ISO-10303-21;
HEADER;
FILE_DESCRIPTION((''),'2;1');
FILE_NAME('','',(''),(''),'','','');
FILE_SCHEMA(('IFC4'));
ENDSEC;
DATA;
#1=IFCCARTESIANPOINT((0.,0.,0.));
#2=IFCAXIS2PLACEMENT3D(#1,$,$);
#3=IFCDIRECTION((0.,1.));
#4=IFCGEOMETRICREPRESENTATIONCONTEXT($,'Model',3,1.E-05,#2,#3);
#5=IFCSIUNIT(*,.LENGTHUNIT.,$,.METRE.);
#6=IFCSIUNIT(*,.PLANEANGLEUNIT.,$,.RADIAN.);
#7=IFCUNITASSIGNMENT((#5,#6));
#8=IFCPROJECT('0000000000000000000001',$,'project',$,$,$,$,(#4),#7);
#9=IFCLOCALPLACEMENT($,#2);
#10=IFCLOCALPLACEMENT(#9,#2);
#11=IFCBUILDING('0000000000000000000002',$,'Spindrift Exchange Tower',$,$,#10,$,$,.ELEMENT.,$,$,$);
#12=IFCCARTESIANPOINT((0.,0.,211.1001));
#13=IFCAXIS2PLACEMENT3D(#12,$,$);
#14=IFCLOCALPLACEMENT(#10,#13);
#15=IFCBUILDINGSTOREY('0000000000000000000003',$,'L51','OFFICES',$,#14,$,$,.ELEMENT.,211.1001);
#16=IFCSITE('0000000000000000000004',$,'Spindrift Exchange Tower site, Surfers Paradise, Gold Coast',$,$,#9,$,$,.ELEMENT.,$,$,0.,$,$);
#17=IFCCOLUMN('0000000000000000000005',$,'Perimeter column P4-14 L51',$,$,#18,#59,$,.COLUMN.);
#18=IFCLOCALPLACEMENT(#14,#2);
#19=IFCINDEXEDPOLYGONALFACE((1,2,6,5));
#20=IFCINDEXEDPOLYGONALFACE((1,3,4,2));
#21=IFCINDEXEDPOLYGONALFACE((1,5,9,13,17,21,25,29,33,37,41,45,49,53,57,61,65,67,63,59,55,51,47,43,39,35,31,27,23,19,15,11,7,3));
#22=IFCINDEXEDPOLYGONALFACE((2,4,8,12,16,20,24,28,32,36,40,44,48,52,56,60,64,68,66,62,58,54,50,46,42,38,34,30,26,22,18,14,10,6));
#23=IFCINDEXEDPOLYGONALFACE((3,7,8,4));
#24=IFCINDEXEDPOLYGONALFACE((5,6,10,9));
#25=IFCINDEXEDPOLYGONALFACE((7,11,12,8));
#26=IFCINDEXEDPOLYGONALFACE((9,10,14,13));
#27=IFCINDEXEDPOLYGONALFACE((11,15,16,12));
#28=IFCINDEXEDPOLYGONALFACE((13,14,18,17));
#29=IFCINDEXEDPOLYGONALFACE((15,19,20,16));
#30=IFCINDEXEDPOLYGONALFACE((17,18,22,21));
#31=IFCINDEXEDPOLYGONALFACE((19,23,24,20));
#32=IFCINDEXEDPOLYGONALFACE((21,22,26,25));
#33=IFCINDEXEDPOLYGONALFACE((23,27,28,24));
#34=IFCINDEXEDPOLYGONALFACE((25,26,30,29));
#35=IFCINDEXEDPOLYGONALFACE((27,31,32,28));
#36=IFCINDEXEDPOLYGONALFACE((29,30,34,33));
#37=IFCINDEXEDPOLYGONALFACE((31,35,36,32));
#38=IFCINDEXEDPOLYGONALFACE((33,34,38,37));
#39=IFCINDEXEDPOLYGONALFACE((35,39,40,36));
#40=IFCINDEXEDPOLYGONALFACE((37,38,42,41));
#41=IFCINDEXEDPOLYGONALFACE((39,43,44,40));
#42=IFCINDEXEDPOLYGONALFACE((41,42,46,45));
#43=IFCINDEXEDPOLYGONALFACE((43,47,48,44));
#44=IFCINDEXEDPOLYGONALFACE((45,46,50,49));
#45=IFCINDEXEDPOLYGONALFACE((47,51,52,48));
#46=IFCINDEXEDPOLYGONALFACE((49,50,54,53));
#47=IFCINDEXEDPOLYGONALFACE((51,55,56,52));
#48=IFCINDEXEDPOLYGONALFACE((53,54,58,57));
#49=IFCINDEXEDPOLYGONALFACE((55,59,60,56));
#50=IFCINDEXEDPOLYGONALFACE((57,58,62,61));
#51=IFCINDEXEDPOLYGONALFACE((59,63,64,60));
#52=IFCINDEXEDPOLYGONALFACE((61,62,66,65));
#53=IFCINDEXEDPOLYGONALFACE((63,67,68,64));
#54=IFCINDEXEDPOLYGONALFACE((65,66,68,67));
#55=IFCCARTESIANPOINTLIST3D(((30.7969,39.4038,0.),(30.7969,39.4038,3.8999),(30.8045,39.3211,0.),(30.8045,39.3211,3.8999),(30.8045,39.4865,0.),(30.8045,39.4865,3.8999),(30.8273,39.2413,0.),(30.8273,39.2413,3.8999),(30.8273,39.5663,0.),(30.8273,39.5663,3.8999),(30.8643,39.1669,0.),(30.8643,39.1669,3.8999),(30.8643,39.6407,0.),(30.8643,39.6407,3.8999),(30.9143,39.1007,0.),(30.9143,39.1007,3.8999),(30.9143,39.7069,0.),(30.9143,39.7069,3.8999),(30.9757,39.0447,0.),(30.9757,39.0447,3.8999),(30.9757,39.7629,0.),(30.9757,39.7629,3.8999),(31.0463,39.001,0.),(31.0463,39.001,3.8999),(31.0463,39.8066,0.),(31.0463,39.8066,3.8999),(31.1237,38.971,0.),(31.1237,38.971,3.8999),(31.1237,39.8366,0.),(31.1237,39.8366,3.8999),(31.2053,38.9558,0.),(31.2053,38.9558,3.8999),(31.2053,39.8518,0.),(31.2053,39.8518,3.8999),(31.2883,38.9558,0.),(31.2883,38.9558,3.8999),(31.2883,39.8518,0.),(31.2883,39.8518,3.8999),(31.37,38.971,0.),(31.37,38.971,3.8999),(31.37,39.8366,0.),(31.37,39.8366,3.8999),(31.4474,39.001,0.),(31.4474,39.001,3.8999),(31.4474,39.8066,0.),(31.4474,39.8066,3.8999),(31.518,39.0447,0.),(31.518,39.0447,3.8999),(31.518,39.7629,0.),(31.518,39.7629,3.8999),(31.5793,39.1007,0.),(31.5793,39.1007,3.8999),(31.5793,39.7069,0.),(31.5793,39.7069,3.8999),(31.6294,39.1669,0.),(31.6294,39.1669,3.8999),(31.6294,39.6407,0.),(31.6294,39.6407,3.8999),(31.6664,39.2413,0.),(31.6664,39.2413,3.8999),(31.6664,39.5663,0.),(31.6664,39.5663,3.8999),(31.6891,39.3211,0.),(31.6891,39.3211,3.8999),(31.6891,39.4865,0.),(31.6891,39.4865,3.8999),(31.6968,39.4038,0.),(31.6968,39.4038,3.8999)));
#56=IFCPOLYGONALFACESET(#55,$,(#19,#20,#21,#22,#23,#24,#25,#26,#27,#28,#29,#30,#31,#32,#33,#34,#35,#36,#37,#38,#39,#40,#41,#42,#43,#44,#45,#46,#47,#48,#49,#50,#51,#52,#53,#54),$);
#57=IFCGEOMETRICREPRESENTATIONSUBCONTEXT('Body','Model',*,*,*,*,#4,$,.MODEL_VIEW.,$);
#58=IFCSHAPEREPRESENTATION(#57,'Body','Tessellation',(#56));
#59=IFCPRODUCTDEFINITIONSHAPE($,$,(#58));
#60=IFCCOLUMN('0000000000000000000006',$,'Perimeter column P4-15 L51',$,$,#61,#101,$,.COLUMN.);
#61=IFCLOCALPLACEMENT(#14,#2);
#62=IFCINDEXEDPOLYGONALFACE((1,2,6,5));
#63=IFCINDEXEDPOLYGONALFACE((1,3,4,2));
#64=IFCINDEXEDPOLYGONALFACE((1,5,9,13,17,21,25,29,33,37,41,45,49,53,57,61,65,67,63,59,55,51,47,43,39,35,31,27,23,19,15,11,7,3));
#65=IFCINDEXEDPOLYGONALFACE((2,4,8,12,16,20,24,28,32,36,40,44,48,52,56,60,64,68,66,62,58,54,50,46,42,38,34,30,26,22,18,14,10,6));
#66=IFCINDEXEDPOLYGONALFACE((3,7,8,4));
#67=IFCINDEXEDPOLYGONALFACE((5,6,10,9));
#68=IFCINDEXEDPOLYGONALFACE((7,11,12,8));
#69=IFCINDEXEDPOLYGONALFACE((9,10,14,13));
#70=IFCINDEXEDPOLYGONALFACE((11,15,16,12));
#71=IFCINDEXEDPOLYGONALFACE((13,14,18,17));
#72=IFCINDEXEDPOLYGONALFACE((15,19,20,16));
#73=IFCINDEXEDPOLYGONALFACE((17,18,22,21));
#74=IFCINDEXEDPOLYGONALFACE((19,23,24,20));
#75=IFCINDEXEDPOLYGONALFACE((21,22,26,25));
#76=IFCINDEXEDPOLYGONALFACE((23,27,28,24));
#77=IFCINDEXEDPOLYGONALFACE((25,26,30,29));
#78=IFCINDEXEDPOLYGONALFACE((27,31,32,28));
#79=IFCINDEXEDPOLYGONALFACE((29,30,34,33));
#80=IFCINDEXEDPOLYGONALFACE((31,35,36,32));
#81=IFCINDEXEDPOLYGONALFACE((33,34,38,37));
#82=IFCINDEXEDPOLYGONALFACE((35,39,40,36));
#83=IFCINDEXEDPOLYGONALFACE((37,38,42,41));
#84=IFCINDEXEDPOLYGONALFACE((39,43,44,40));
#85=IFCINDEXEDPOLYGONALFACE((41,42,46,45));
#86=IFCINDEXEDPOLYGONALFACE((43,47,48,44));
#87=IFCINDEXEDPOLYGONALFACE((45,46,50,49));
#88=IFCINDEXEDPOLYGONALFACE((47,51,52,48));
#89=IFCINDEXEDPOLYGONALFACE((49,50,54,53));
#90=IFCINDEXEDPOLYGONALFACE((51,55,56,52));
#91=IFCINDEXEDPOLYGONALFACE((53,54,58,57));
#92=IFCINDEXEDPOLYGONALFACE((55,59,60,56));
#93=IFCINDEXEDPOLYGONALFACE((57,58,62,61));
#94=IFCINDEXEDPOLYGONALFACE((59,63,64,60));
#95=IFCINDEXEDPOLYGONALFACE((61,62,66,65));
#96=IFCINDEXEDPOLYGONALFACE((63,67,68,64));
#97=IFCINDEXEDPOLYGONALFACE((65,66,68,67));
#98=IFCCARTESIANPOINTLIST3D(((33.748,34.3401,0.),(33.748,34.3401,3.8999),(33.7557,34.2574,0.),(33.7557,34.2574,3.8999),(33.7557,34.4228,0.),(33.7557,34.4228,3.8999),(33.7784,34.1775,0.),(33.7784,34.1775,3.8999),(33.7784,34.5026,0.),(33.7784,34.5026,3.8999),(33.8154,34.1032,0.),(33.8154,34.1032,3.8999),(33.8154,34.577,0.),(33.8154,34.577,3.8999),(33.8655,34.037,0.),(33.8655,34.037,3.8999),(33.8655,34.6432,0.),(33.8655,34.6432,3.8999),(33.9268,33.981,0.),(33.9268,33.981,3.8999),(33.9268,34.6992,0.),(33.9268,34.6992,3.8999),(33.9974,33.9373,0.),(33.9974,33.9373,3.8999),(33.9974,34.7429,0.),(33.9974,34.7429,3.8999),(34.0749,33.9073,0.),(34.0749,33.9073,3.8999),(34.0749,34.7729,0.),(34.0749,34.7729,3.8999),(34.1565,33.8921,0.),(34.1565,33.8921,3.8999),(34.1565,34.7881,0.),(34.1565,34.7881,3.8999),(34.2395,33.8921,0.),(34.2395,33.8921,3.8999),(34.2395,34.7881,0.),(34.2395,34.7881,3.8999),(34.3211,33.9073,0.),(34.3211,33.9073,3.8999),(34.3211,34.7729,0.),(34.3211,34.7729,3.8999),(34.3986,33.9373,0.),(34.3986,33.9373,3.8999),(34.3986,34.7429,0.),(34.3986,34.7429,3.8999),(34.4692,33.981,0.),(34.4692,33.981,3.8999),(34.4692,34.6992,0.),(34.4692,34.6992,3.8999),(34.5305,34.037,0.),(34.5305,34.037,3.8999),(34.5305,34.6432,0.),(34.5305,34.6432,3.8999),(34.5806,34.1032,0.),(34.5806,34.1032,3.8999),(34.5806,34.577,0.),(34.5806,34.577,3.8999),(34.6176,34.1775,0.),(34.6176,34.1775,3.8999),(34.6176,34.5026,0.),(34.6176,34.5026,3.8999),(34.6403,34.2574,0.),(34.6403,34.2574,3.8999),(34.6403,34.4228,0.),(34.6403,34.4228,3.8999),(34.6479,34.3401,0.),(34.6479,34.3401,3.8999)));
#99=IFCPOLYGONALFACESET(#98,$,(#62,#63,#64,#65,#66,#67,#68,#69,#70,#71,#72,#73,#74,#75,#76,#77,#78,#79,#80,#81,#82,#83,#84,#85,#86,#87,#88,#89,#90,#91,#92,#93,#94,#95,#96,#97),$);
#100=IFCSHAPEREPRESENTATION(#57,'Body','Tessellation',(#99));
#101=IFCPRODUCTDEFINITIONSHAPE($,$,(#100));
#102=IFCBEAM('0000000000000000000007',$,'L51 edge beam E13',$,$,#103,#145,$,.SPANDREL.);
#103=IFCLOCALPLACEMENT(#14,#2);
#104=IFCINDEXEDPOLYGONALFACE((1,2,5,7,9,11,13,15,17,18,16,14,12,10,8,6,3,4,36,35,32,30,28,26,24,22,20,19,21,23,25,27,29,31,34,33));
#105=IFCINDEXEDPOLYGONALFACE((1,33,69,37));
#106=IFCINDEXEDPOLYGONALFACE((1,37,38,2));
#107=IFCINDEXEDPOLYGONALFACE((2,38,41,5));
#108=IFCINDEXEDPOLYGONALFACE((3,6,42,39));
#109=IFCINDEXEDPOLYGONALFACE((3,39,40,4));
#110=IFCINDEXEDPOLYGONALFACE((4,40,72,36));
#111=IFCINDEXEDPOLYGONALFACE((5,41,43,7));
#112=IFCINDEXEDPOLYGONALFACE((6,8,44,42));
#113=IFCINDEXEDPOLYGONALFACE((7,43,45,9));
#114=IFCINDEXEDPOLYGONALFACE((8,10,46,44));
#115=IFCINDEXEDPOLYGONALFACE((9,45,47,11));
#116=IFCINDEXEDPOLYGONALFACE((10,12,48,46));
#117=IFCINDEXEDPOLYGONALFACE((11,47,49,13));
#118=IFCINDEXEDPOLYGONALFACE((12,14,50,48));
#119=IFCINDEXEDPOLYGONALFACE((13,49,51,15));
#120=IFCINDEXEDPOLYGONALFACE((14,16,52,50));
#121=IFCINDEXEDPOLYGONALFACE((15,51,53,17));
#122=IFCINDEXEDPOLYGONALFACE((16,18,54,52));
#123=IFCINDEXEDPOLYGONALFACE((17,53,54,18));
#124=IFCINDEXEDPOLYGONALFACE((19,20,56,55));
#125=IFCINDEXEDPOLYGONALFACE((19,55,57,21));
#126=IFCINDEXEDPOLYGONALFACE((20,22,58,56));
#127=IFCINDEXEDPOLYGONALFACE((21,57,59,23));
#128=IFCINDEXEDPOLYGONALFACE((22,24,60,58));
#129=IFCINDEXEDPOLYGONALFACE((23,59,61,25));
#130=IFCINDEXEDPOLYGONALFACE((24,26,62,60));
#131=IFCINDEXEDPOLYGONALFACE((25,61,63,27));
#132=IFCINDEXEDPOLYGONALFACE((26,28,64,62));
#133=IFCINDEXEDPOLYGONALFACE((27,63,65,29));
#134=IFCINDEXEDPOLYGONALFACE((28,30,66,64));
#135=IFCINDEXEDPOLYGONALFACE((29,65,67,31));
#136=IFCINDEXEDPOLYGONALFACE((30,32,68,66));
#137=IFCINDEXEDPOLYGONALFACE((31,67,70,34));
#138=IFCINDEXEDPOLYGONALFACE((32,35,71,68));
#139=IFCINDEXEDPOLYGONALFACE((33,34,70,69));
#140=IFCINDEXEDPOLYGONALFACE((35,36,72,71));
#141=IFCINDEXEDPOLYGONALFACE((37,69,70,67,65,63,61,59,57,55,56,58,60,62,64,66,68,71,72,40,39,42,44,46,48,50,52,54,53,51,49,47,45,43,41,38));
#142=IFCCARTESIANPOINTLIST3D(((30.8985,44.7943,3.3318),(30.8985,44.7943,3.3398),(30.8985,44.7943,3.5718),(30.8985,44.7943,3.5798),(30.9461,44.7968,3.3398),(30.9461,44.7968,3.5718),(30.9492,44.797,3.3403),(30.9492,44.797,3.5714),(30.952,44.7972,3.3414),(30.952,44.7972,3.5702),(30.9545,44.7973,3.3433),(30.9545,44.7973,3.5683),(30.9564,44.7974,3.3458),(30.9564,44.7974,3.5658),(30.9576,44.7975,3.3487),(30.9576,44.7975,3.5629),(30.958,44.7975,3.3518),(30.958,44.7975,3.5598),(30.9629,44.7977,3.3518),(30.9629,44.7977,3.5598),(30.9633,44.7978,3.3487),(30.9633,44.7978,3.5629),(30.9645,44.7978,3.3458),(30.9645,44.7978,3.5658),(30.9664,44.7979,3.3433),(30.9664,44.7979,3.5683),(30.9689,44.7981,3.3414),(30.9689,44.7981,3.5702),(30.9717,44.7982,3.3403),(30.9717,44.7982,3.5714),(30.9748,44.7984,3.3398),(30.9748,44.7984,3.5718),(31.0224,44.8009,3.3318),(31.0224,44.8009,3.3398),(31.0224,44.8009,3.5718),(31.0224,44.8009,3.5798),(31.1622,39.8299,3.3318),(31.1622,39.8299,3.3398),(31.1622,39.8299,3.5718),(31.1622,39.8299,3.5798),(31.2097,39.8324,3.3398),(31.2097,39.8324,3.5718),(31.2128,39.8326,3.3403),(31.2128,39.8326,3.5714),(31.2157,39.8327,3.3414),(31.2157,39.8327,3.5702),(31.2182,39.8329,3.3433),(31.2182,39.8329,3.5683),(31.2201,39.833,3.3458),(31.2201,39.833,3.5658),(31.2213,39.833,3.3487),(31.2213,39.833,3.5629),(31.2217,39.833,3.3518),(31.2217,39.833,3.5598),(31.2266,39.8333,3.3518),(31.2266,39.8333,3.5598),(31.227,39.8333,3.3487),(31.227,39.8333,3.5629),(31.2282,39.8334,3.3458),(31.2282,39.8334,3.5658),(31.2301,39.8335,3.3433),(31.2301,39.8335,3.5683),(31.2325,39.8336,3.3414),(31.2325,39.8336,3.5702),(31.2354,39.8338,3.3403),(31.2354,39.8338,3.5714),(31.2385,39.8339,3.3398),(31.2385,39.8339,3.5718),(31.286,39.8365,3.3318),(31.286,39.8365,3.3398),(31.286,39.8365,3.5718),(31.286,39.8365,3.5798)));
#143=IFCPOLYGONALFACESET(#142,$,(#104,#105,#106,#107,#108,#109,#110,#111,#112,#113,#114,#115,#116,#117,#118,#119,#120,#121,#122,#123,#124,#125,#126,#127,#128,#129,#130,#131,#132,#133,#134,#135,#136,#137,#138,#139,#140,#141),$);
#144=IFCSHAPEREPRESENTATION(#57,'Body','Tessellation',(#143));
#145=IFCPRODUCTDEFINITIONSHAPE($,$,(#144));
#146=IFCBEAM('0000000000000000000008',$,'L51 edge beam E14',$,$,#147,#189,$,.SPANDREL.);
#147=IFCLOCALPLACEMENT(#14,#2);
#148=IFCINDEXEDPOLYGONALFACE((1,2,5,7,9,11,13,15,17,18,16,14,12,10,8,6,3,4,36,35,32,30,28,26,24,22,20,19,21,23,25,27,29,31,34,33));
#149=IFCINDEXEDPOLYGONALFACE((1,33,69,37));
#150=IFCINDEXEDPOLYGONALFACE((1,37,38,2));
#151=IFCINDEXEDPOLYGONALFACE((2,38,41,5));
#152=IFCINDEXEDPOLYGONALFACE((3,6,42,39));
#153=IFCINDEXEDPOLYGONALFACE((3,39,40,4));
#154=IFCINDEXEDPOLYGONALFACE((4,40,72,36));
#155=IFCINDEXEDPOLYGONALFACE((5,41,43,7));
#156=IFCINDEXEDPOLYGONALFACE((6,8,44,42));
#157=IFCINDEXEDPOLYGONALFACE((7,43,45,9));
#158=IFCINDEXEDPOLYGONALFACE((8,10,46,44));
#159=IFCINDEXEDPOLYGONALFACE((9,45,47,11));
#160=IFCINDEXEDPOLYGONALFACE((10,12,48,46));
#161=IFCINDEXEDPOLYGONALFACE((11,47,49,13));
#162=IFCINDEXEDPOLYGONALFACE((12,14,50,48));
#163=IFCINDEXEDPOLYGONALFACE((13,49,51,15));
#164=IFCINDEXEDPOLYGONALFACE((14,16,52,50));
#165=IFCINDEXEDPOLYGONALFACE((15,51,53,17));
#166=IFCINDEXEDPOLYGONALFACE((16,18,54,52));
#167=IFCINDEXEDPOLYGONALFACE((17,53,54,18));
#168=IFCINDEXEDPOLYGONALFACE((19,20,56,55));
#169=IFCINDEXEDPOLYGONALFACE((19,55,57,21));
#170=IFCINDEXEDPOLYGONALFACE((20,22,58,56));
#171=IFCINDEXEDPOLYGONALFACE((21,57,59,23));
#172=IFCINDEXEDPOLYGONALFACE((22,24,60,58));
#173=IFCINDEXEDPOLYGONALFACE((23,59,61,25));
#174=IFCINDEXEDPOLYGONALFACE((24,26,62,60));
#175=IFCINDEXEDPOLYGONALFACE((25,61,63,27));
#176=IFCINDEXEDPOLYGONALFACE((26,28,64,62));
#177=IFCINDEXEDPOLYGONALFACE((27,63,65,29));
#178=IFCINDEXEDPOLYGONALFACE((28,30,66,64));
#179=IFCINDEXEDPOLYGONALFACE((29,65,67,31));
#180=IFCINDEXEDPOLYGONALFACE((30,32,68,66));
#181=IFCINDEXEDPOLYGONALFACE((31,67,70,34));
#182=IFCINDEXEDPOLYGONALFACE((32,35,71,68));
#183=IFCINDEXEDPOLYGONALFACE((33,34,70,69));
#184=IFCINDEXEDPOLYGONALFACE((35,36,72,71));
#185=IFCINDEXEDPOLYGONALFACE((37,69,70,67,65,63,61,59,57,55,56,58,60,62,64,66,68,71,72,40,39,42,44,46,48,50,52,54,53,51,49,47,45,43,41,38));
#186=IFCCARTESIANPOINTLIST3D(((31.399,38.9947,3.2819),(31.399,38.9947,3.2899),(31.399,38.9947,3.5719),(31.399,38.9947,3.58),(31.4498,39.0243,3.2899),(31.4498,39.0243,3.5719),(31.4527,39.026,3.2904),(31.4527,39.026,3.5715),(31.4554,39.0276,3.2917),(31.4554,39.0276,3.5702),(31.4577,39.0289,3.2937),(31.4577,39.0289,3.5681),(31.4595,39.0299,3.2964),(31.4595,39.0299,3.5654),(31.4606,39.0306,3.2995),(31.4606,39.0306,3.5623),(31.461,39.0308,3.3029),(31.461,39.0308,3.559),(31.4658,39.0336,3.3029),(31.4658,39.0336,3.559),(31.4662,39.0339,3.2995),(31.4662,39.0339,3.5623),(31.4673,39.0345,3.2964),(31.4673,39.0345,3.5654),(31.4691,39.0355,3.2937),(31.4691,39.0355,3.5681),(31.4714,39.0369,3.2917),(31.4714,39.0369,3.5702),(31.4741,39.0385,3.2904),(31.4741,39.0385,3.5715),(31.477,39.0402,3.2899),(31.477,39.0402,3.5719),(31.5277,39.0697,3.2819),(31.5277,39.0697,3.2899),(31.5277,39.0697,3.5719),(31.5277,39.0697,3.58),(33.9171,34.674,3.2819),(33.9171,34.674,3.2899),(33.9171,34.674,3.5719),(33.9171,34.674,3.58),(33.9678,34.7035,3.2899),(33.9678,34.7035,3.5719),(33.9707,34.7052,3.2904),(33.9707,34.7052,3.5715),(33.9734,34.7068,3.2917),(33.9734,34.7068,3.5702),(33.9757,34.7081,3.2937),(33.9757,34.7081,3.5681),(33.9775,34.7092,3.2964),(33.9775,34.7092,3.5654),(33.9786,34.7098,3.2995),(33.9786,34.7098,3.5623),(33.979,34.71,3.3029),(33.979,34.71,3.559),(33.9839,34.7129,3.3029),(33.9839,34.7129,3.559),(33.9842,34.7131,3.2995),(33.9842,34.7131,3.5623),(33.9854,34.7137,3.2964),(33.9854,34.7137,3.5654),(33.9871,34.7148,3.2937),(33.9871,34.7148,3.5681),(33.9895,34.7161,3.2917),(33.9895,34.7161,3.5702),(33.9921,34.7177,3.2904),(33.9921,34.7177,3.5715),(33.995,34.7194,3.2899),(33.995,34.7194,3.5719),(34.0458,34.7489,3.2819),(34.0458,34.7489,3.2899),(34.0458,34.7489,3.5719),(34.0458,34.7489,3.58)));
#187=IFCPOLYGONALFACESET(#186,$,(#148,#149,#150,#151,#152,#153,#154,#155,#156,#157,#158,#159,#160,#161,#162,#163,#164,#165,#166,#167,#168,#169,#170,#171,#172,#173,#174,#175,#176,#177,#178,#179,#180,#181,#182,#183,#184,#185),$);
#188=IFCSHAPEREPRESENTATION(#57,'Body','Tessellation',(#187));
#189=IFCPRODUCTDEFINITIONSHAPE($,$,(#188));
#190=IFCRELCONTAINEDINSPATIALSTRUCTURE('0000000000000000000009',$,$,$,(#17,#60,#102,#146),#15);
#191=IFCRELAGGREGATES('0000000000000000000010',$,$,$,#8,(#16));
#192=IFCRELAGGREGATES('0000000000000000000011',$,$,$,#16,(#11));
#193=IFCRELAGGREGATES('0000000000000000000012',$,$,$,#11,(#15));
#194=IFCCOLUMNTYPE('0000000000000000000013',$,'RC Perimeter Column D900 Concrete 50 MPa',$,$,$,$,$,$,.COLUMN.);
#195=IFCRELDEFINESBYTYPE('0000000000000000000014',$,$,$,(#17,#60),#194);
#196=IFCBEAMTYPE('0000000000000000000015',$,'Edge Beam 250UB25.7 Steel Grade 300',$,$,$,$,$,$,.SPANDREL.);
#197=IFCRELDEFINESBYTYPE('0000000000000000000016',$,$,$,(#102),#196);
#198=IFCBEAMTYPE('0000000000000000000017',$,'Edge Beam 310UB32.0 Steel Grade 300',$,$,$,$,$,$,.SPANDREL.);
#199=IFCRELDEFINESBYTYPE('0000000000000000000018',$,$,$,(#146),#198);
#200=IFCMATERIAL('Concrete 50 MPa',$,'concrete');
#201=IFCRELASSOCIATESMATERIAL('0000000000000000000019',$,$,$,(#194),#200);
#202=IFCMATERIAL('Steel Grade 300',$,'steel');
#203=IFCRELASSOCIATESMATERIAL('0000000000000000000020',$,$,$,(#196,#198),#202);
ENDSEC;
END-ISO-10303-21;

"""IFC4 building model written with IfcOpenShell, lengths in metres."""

from ifc_helpers import new_model, si_unit, direction, frame, origin, origin_2d, place, context, subcontext, project, spatial, circle, i_section, extrude, source, transform, mapped, material, material_profile, profile_set, type_object, element, save


model = new_model("IFC4")

# Units and contexts
model_context = context("Model", 3, precision=1e-05, world=origin(), true_north=direction((0.0, 1.0)))
body_context = subcontext(model_context, "Body", "Model", "MODEL_VIEW")
ifc_project = project(units=[si_unit("LENGTHUNIT", "METRE"), si_unit("PLANEANGLEUNIT", "RADIAN")], contexts=[model_context])

# Site, building, storey
site_placement = place(None, origin())
site = spatial("IfcSite", under=ifc_project, at=site_placement, Name="Spindrift Exchange Tower site, Surfers Paradise, Gold Coast", CompositionType="ELEMENT", RefElevation=0.0)
building_placement = place(site_placement, origin())
building = spatial("IfcBuilding", under=site, at=building_placement, Name="Spindrift Exchange Tower", CompositionType="ELEMENT")
storey_placement = place(building_placement, frame((0.0, 0.0, 211.1001)))
storey = spatial("IfcBuildingStorey", under=building, at=storey_placement, Name="L51", Description="OFFICES", CompositionType="ELEMENT", Elevation=211.1001)

# Columns
ifc_material_1 = material(Name="Concrete 50 MPa", Category="concrete")
ifc_material_profile_1 = material_profile(ifc_material_1, circle(Radius=0.45, at=origin_2d()), Name="RC D900")
ifc_profile_set_1 = profile_set([ifc_material_profile_1], Name="Concrete 50 MPa")
column_type = type_object("IfcColumnType", Name="RC Perimeter Column D900 Concrete 50 MPa", PredefinedType="COLUMN", material=ifc_profile_set_1)
shared_shape_1 = source(origin(), body_context, "Body", "SweptSolid", [
    extrude(circle(Radius=0.45, at=origin_2d()), origin(), (0.0, 0.0, 1.0), 3.8999),
])
for number, where, z_axis, x_axis, name in (
    (1, (31.2468, 39.4038, 0.0), (0.0, 0.0, 1.0), (1.0, 0.0, 0.0), "Perimeter column P4-14 L51"),
    (2, (34.198, 34.3401, 0.0), (0.0, 0.0, 1.0), (1.0, 0.0, 0.0), "Perimeter column P4-15 L51"),
):
    element("IfcColumn", number, at=place(storey_placement, frame(where, z_axis=z_axis, x_axis=x_axis)), inside=storey, type_object=column_type, Name=name, PredefinedType="COLUMN", context=body_context, shape_type="MappedRepresentation", body=[
        mapped(shared_shape_1, transform((0.0, 0.0, 0.0), scale=1.0)),
    ])

# Beams
ifc_material_2 = material(Name="Steel Grade 300", Category="steel")
ifc_material_profile_2 = material_profile(ifc_material_2, i_section(OverallWidth=0.124, OverallDepth=0.248, WebThickness=0.0049, FlangeThickness=0.0081, FilletRadius=0.012, at=origin_2d()), Name="250UB25.7")
ifc_profile_set_2 = profile_set([ifc_material_profile_2], Name="Steel Grade 300")
beam_type_1 = type_object("IfcBeamType", Name="Edge Beam 250UB25.7 Steel Grade 300", PredefinedType="SPANDREL", material=ifc_profile_set_2)
shared_shape_2 = source(origin(), body_context, "Body", "SweptSolid", [
    extrude(i_section(OverallWidth=0.124, OverallDepth=0.248, WebThickness=0.0049, FlangeThickness=0.0081, FilletRadius=0.012, at=origin_2d()), origin(), (0.0, 0.0, 1.0), 4.9714),
])
beam_1_placement = place(storey_placement, frame((30.9604, 44.7976, 3.4558), z_axis=(0.053038, -0.998592, 0.0), x_axis=(0.998592, 0.053038, 0.0)))
element("IfcBeam", 3, at=beam_1_placement, inside=storey, type_object=beam_type_1, Name="L51 edge beam E13", PredefinedType="SPANDREL", context=body_context, shape_type="MappedRepresentation", body=[
    mapped(shared_shape_2, transform((0.0, 0.0, 0.0), scale=1.0)),
])
ifc_material_profile_3 = material_profile(ifc_material_2, i_section(OverallWidth=0.1489, OverallDepth=0.2981, WebThickness=0.0056, FlangeThickness=0.0081, FilletRadius=0.0129, at=origin_2d()), Name="310UB32.0")
ifc_profile_set_3 = profile_set([ifc_material_profile_3], Name="Steel Grade 300")
beam_type_2 = type_object("IfcBeamType", Name="Edge Beam 310UB32.0 Steel Grade 300", PredefinedType="SPANDREL", material=ifc_profile_set_3)
shared_shape_3 = source(origin(), body_context, "Body", "SweptSolid", [
    extrude(i_section(OverallWidth=0.1489, OverallDepth=0.2981, WebThickness=0.0056, FlangeThickness=0.0081, FilletRadius=0.0129, at=origin_2d()), origin(), (0.0, 0.0, 1.0), 5.001),
])
beam_2_placement = place(storey_placement, frame((31.4634, 39.0322, 3.4309), z_axis=(0.503513, -0.863988, 0.0), x_axis=(0.863988, 0.503513, 0.0)))
element("IfcBeam", 4, at=beam_2_placement, inside=storey, type_object=beam_type_2, Name="L51 edge beam E14", PredefinedType="SPANDREL", context=body_context, shape_type="MappedRepresentation", body=[
    mapped(shared_shape_3, transform((0.0, 0.0, 0.0), scale=1.0)),
])

save(model, "model.ifc")
